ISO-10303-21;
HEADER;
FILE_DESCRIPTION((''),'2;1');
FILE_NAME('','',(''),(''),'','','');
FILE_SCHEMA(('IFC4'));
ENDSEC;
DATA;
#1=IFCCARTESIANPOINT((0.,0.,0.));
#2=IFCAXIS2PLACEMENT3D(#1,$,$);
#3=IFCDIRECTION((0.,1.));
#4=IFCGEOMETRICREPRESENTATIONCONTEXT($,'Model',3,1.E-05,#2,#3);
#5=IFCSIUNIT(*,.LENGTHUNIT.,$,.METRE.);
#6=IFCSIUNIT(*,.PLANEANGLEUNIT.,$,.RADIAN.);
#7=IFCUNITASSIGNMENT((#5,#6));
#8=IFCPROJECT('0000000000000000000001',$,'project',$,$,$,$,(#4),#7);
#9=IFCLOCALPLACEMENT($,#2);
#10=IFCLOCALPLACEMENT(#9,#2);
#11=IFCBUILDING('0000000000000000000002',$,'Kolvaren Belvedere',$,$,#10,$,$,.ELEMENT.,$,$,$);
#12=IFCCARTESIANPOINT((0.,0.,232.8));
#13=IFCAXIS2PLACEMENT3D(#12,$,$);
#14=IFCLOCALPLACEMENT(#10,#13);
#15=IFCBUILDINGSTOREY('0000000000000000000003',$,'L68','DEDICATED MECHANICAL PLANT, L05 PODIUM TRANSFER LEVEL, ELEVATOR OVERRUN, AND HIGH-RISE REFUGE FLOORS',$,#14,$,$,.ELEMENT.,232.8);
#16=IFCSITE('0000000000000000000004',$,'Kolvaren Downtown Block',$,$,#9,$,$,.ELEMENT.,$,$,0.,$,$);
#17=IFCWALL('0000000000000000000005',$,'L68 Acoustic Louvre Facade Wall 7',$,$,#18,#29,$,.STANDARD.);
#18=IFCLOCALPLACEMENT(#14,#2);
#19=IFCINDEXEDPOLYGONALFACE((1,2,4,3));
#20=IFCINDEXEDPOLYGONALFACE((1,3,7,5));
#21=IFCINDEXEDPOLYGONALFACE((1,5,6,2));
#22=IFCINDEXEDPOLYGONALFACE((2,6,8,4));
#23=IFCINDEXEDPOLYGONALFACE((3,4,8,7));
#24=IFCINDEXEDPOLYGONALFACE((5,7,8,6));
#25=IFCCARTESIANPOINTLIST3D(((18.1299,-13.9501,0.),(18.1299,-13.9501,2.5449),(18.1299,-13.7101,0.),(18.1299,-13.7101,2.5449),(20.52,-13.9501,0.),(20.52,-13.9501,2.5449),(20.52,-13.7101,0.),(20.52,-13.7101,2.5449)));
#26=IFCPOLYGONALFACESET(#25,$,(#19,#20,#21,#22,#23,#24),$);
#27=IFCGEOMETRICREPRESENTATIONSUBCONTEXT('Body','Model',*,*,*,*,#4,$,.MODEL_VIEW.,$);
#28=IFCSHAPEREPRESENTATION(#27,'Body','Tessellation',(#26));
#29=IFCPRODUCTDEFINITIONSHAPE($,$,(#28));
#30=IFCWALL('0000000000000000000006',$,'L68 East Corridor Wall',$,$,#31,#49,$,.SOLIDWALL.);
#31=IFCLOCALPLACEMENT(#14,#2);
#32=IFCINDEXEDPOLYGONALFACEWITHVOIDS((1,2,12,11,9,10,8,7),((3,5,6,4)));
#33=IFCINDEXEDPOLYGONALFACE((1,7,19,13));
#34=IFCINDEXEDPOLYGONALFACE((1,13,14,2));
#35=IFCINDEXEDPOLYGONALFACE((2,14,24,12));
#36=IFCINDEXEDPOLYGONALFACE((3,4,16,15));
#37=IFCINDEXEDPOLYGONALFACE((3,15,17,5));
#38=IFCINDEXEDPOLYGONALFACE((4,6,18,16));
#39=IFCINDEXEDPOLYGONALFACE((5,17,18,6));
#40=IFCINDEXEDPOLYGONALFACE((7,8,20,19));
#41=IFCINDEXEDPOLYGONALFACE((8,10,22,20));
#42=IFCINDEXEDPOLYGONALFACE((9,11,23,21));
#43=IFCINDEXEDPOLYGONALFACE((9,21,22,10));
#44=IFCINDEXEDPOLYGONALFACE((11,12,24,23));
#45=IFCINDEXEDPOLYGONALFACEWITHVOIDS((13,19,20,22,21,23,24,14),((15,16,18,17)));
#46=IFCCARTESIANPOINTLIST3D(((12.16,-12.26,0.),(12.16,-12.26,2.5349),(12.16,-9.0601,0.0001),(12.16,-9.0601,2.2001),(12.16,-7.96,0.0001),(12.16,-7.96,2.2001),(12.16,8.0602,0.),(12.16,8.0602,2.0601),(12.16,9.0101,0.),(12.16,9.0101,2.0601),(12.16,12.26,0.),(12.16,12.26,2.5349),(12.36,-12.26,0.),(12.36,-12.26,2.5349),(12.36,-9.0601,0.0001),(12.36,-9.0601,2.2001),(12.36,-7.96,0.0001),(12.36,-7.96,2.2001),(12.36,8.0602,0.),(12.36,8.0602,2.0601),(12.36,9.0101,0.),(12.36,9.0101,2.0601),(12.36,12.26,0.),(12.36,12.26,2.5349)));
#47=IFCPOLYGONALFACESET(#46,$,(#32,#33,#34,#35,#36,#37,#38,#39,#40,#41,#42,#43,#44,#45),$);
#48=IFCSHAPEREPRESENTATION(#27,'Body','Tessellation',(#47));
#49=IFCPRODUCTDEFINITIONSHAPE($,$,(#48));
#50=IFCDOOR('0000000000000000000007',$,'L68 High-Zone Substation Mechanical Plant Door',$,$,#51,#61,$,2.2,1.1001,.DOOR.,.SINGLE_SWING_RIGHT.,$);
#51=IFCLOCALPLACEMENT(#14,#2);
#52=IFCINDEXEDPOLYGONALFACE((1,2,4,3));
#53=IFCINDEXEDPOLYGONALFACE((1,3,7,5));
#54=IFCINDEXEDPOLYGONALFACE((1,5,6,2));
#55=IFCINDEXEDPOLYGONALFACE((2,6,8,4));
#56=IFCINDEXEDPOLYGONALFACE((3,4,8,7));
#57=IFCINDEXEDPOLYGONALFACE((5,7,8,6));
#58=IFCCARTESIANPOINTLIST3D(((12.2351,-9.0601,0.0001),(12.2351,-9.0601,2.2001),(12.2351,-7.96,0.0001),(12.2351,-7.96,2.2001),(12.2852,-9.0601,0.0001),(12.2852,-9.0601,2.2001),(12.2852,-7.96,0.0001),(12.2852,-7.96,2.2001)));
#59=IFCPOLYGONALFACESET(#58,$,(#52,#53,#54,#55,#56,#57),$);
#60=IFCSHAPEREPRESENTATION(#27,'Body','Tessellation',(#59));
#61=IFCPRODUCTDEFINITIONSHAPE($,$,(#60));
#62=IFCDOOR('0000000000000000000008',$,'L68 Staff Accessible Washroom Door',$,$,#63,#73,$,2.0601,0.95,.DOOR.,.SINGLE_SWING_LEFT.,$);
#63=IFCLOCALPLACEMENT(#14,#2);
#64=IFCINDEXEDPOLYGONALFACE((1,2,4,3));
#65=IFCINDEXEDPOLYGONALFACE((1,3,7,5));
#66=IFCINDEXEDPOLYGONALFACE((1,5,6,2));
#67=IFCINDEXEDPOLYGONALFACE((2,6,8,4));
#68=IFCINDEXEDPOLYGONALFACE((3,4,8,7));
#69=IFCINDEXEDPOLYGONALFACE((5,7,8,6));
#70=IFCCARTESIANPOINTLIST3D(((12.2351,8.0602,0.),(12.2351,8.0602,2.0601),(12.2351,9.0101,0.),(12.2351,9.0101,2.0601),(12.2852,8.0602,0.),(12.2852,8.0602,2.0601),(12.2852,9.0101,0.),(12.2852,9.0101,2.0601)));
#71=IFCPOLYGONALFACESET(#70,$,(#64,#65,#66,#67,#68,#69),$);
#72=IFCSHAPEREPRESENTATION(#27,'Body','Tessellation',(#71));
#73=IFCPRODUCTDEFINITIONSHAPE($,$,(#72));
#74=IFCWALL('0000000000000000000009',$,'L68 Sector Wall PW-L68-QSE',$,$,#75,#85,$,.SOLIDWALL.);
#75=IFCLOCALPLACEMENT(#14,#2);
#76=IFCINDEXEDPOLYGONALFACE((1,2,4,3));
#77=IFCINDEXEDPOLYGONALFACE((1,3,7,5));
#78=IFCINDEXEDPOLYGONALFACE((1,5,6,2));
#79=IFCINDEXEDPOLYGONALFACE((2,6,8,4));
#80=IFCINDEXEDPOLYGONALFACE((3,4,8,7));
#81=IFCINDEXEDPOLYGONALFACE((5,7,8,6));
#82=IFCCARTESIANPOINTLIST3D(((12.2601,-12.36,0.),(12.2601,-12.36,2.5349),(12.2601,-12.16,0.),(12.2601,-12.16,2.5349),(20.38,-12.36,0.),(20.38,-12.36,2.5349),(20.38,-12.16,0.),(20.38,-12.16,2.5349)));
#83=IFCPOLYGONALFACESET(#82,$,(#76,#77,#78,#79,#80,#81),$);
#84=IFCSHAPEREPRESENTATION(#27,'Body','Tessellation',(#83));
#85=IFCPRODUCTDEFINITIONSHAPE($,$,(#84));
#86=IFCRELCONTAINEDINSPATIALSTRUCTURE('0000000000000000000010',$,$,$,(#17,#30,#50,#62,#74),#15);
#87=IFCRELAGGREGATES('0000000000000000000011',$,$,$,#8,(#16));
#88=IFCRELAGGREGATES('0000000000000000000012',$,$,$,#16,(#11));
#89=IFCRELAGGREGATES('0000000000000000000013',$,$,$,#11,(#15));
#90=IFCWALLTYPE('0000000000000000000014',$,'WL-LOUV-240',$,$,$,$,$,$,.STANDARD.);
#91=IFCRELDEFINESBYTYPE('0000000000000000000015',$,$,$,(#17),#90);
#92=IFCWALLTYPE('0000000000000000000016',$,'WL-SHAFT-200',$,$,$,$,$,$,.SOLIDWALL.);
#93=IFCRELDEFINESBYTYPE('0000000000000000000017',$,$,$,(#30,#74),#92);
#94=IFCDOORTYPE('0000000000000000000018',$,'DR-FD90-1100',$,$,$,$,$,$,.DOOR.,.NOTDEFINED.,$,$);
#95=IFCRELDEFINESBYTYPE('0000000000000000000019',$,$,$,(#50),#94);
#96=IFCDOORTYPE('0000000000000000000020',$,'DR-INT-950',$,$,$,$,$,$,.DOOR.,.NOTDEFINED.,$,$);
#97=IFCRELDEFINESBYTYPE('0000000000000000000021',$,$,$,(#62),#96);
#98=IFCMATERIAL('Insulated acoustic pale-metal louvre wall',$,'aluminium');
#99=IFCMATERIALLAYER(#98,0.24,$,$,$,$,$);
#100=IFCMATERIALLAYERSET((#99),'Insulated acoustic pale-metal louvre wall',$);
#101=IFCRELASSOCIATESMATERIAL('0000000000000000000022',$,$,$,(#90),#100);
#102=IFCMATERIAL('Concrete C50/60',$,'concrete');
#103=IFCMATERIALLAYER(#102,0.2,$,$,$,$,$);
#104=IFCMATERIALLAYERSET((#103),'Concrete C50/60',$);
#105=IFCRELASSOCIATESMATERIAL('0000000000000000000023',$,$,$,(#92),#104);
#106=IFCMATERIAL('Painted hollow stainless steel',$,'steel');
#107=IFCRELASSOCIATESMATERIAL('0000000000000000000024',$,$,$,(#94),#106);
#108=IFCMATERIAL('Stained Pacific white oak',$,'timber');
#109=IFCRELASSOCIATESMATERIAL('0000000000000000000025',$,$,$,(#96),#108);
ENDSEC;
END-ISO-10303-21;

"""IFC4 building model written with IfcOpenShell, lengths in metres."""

from ifc_helpers import new_model, si_unit, direction, frame, frame_2d, origin, place, context, subcontext, project, spatial, rectangle, extrude, material, layer, layer_set, type_object, element, fill, save


model = new_model("IFC4")

# Units and contexts
model_context = context("Model", 3, precision=1e-05, world=origin(), true_north=direction((0.0, 1.0)))
body_context = subcontext(model_context, "Body", "Model", "MODEL_VIEW")
ifc_project = project(units=[si_unit("LENGTHUNIT", "METRE"), si_unit("PLANEANGLEUNIT", "RADIAN")], contexts=[model_context])

# Site, building, storey
site_placement = place(None, origin())
site = spatial("IfcSite", under=ifc_project, at=site_placement, Name="Kolvaren Downtown Block", CompositionType="ELEMENT", RefElevation=0.0)
building_placement = place(site_placement, origin())
building = spatial("IfcBuilding", under=site, at=building_placement, Name="Kolvaren Belvedere", CompositionType="ELEMENT")
storey_placement = place(building_placement, frame((0.0, 0.0, 232.8)))
storey = spatial("IfcBuildingStorey", under=building, at=storey_placement, Name="L68", Description="DEDICATED MECHANICAL PLANT, L05 PODIUM TRANSFER LEVEL, ELEVATOR OVERRUN, AND HIGH-RISE REFUGE FLOORS", CompositionType="ELEMENT", Elevation=232.8)

# Wall
ifc_material_1 = material(Name="Insulated acoustic pale-metal louvre wall", Category="aluminium")
ifc_layer_1 = layer(ifc_material_1, 0.24)
ifc_layer_set_1 = layer_set([ifc_layer_1], Name="Insulated acoustic pale-metal louvre wall")
wall_type_1 = type_object("IfcWallType", Name="WL-LOUV-240", PredefinedType="STANDARD", material=ifc_layer_set_1)
wall_1_placement = place(storey_placement, frame((20.52, -13.8301, 0.0), z_axis=(0.0, 0.0, 1.0), x_axis=(-1.0, 0.0, 0.0)))
element("IfcWall", 1, at=wall_1_placement, inside=storey, type_object=wall_type_1, Name="L68 Acoustic Louvre Facade Wall 7", PredefinedType="STANDARD", context=body_context, shape_type="SweptSolid", body=[
    extrude(rectangle(XDim=2.3901, YDim=0.24, at=frame_2d((1.1951, 0.0))), origin(), (0.0, 0.0, 1.0), 2.5449),
])

# Wall, openings, doors
ifc_material_2 = material(Name="Concrete C50/60", Category="concrete")
ifc_layer_2 = layer(ifc_material_2, 0.2)
ifc_layer_set_2 = layer_set([ifc_layer_2], Name="Concrete C50/60")
wall_type_2 = type_object("IfcWallType", Name="WL-SHAFT-200", PredefinedType="SOLIDWALL", material=ifc_layer_set_2)
wall_2_placement = place(storey_placement, frame((12.26, -12.26, 0.0), z_axis=(0.0, 0.0, 1.0), x_axis=(0.0, 1.0, 0.0)))
wall_2 = element("IfcWall", 2, at=wall_2_placement, inside=storey, type_object=wall_type_2, Name="L68 East Corridor Wall", PredefinedType="SOLIDWALL", context=body_context, shape_type="SweptSolid", body=[
    extrude(rectangle(XDim=24.52, YDim=0.2, at=frame_2d((12.26, 0.0))), origin(), (0.0, 0.0, 1.0), 2.5349),
])
opening_1_placement = place(wall_2_placement, frame((3.2, 0.0, 0.0)))
opening_1 = element("IfcOpeningElement", 3, at=opening_1_placement, cuts=wall_2, PredefinedType="OPENING", context=body_context, shape_type="SweptSolid", body=[
    extrude(rectangle(XDim=1.1001, YDim=2.2, at=frame_2d((0.55, 1.1001))), frame((0.0, 0.1099, 0.0), z_axis=(0.0, -1.0, 0.0), x_axis=(1.0, 0.0, 0.0)), (0.0, 0.0, 1.0), 0.22),
])
opening_2_placement = place(wall_2_placement, frame((20.3201, 0.0, 0.0)))
opening_2 = element("IfcOpeningElement", 4, at=opening_2_placement, cuts=wall_2, PredefinedType="OPENING", context=body_context, shape_type="SweptSolid", body=[
    extrude(rectangle(XDim=0.95, YDim=2.0601, at=frame_2d((0.4751, 1.03))), frame((0.0, 0.1099, 0.0), z_axis=(0.0, -1.0, 0.0), x_axis=(1.0, 0.0, 0.0)), (0.0, 0.0, 1.0), 0.22),
])
ifc_material_3 = material(Name="Painted hollow stainless steel", Category="steel")
door_type_1 = type_object("IfcDoorType", Name="DR-FD90-1100", OperationType="NOTDEFINED", PredefinedType="DOOR", material=ifc_material_3)
door_1_placement = place(opening_1_placement, origin())
door_1 = element("IfcDoor", 5, at=door_1_placement, inside=storey, type_object=door_type_1, Name="L68 High-Zone Substation Mechanical Plant Door", OperationType="SINGLE_SWING_RIGHT", OverallHeight=2.2, OverallWidth=1.1001, PredefinedType="DOOR", context=body_context, shape_type="SweptSolid", body=[
    extrude(rectangle(XDim=1.1001, YDim=2.2, at=frame_2d((0.55, 1.1001))), frame((0.0, 0.0249, 0.0), z_axis=(0.0, -1.0, 0.0), x_axis=(1.0, 0.0, 0.0)), (0.0, 0.0, 1.0), 0.05),
])
fill(opening_1, door_1)
ifc_material_4 = material(Name="Stained Pacific white oak", Category="timber")
door_type_2 = type_object("IfcDoorType", Name="DR-INT-950", OperationType="NOTDEFINED", PredefinedType="DOOR", material=ifc_material_4)
door_2_placement = place(opening_2_placement, origin())
door_2 = element("IfcDoor", 6, at=door_2_placement, inside=storey, type_object=door_type_2, Name="L68 Staff Accessible Washroom Door", OperationType="SINGLE_SWING_LEFT", OverallHeight=2.0601, OverallWidth=0.95, PredefinedType="DOOR", context=body_context, shape_type="SweptSolid", body=[
    extrude(rectangle(XDim=0.95, YDim=2.0601, at=frame_2d((0.4751, 1.03))), frame((0.0, 0.0249, 0.0), z_axis=(0.0, -1.0, 0.0), x_axis=(1.0, 0.0, 0.0)), (0.0, 0.0, 1.0), 0.05),
])
fill(opening_2, door_2)

# Wall
wall_3_placement = place(storey_placement, frame((12.26, -12.26, 0.0), z_axis=(0.0, 0.0, 1.0), x_axis=(1.0, 0.0, 0.0)))
element("IfcWall", 7, at=wall_3_placement, inside=storey, type_object=wall_type_2, Name="L68 Sector Wall PW-L68-QSE", PredefinedType="SOLIDWALL", context=body_context, shape_type="SweptSolid", body=[
    extrude(rectangle(XDim=8.1199, YDim=0.2, at=frame_2d((4.0601, 0.0))), origin(), (0.0, 0.0, 1.0), 2.5349),
])

save(model, "model.ifc")
